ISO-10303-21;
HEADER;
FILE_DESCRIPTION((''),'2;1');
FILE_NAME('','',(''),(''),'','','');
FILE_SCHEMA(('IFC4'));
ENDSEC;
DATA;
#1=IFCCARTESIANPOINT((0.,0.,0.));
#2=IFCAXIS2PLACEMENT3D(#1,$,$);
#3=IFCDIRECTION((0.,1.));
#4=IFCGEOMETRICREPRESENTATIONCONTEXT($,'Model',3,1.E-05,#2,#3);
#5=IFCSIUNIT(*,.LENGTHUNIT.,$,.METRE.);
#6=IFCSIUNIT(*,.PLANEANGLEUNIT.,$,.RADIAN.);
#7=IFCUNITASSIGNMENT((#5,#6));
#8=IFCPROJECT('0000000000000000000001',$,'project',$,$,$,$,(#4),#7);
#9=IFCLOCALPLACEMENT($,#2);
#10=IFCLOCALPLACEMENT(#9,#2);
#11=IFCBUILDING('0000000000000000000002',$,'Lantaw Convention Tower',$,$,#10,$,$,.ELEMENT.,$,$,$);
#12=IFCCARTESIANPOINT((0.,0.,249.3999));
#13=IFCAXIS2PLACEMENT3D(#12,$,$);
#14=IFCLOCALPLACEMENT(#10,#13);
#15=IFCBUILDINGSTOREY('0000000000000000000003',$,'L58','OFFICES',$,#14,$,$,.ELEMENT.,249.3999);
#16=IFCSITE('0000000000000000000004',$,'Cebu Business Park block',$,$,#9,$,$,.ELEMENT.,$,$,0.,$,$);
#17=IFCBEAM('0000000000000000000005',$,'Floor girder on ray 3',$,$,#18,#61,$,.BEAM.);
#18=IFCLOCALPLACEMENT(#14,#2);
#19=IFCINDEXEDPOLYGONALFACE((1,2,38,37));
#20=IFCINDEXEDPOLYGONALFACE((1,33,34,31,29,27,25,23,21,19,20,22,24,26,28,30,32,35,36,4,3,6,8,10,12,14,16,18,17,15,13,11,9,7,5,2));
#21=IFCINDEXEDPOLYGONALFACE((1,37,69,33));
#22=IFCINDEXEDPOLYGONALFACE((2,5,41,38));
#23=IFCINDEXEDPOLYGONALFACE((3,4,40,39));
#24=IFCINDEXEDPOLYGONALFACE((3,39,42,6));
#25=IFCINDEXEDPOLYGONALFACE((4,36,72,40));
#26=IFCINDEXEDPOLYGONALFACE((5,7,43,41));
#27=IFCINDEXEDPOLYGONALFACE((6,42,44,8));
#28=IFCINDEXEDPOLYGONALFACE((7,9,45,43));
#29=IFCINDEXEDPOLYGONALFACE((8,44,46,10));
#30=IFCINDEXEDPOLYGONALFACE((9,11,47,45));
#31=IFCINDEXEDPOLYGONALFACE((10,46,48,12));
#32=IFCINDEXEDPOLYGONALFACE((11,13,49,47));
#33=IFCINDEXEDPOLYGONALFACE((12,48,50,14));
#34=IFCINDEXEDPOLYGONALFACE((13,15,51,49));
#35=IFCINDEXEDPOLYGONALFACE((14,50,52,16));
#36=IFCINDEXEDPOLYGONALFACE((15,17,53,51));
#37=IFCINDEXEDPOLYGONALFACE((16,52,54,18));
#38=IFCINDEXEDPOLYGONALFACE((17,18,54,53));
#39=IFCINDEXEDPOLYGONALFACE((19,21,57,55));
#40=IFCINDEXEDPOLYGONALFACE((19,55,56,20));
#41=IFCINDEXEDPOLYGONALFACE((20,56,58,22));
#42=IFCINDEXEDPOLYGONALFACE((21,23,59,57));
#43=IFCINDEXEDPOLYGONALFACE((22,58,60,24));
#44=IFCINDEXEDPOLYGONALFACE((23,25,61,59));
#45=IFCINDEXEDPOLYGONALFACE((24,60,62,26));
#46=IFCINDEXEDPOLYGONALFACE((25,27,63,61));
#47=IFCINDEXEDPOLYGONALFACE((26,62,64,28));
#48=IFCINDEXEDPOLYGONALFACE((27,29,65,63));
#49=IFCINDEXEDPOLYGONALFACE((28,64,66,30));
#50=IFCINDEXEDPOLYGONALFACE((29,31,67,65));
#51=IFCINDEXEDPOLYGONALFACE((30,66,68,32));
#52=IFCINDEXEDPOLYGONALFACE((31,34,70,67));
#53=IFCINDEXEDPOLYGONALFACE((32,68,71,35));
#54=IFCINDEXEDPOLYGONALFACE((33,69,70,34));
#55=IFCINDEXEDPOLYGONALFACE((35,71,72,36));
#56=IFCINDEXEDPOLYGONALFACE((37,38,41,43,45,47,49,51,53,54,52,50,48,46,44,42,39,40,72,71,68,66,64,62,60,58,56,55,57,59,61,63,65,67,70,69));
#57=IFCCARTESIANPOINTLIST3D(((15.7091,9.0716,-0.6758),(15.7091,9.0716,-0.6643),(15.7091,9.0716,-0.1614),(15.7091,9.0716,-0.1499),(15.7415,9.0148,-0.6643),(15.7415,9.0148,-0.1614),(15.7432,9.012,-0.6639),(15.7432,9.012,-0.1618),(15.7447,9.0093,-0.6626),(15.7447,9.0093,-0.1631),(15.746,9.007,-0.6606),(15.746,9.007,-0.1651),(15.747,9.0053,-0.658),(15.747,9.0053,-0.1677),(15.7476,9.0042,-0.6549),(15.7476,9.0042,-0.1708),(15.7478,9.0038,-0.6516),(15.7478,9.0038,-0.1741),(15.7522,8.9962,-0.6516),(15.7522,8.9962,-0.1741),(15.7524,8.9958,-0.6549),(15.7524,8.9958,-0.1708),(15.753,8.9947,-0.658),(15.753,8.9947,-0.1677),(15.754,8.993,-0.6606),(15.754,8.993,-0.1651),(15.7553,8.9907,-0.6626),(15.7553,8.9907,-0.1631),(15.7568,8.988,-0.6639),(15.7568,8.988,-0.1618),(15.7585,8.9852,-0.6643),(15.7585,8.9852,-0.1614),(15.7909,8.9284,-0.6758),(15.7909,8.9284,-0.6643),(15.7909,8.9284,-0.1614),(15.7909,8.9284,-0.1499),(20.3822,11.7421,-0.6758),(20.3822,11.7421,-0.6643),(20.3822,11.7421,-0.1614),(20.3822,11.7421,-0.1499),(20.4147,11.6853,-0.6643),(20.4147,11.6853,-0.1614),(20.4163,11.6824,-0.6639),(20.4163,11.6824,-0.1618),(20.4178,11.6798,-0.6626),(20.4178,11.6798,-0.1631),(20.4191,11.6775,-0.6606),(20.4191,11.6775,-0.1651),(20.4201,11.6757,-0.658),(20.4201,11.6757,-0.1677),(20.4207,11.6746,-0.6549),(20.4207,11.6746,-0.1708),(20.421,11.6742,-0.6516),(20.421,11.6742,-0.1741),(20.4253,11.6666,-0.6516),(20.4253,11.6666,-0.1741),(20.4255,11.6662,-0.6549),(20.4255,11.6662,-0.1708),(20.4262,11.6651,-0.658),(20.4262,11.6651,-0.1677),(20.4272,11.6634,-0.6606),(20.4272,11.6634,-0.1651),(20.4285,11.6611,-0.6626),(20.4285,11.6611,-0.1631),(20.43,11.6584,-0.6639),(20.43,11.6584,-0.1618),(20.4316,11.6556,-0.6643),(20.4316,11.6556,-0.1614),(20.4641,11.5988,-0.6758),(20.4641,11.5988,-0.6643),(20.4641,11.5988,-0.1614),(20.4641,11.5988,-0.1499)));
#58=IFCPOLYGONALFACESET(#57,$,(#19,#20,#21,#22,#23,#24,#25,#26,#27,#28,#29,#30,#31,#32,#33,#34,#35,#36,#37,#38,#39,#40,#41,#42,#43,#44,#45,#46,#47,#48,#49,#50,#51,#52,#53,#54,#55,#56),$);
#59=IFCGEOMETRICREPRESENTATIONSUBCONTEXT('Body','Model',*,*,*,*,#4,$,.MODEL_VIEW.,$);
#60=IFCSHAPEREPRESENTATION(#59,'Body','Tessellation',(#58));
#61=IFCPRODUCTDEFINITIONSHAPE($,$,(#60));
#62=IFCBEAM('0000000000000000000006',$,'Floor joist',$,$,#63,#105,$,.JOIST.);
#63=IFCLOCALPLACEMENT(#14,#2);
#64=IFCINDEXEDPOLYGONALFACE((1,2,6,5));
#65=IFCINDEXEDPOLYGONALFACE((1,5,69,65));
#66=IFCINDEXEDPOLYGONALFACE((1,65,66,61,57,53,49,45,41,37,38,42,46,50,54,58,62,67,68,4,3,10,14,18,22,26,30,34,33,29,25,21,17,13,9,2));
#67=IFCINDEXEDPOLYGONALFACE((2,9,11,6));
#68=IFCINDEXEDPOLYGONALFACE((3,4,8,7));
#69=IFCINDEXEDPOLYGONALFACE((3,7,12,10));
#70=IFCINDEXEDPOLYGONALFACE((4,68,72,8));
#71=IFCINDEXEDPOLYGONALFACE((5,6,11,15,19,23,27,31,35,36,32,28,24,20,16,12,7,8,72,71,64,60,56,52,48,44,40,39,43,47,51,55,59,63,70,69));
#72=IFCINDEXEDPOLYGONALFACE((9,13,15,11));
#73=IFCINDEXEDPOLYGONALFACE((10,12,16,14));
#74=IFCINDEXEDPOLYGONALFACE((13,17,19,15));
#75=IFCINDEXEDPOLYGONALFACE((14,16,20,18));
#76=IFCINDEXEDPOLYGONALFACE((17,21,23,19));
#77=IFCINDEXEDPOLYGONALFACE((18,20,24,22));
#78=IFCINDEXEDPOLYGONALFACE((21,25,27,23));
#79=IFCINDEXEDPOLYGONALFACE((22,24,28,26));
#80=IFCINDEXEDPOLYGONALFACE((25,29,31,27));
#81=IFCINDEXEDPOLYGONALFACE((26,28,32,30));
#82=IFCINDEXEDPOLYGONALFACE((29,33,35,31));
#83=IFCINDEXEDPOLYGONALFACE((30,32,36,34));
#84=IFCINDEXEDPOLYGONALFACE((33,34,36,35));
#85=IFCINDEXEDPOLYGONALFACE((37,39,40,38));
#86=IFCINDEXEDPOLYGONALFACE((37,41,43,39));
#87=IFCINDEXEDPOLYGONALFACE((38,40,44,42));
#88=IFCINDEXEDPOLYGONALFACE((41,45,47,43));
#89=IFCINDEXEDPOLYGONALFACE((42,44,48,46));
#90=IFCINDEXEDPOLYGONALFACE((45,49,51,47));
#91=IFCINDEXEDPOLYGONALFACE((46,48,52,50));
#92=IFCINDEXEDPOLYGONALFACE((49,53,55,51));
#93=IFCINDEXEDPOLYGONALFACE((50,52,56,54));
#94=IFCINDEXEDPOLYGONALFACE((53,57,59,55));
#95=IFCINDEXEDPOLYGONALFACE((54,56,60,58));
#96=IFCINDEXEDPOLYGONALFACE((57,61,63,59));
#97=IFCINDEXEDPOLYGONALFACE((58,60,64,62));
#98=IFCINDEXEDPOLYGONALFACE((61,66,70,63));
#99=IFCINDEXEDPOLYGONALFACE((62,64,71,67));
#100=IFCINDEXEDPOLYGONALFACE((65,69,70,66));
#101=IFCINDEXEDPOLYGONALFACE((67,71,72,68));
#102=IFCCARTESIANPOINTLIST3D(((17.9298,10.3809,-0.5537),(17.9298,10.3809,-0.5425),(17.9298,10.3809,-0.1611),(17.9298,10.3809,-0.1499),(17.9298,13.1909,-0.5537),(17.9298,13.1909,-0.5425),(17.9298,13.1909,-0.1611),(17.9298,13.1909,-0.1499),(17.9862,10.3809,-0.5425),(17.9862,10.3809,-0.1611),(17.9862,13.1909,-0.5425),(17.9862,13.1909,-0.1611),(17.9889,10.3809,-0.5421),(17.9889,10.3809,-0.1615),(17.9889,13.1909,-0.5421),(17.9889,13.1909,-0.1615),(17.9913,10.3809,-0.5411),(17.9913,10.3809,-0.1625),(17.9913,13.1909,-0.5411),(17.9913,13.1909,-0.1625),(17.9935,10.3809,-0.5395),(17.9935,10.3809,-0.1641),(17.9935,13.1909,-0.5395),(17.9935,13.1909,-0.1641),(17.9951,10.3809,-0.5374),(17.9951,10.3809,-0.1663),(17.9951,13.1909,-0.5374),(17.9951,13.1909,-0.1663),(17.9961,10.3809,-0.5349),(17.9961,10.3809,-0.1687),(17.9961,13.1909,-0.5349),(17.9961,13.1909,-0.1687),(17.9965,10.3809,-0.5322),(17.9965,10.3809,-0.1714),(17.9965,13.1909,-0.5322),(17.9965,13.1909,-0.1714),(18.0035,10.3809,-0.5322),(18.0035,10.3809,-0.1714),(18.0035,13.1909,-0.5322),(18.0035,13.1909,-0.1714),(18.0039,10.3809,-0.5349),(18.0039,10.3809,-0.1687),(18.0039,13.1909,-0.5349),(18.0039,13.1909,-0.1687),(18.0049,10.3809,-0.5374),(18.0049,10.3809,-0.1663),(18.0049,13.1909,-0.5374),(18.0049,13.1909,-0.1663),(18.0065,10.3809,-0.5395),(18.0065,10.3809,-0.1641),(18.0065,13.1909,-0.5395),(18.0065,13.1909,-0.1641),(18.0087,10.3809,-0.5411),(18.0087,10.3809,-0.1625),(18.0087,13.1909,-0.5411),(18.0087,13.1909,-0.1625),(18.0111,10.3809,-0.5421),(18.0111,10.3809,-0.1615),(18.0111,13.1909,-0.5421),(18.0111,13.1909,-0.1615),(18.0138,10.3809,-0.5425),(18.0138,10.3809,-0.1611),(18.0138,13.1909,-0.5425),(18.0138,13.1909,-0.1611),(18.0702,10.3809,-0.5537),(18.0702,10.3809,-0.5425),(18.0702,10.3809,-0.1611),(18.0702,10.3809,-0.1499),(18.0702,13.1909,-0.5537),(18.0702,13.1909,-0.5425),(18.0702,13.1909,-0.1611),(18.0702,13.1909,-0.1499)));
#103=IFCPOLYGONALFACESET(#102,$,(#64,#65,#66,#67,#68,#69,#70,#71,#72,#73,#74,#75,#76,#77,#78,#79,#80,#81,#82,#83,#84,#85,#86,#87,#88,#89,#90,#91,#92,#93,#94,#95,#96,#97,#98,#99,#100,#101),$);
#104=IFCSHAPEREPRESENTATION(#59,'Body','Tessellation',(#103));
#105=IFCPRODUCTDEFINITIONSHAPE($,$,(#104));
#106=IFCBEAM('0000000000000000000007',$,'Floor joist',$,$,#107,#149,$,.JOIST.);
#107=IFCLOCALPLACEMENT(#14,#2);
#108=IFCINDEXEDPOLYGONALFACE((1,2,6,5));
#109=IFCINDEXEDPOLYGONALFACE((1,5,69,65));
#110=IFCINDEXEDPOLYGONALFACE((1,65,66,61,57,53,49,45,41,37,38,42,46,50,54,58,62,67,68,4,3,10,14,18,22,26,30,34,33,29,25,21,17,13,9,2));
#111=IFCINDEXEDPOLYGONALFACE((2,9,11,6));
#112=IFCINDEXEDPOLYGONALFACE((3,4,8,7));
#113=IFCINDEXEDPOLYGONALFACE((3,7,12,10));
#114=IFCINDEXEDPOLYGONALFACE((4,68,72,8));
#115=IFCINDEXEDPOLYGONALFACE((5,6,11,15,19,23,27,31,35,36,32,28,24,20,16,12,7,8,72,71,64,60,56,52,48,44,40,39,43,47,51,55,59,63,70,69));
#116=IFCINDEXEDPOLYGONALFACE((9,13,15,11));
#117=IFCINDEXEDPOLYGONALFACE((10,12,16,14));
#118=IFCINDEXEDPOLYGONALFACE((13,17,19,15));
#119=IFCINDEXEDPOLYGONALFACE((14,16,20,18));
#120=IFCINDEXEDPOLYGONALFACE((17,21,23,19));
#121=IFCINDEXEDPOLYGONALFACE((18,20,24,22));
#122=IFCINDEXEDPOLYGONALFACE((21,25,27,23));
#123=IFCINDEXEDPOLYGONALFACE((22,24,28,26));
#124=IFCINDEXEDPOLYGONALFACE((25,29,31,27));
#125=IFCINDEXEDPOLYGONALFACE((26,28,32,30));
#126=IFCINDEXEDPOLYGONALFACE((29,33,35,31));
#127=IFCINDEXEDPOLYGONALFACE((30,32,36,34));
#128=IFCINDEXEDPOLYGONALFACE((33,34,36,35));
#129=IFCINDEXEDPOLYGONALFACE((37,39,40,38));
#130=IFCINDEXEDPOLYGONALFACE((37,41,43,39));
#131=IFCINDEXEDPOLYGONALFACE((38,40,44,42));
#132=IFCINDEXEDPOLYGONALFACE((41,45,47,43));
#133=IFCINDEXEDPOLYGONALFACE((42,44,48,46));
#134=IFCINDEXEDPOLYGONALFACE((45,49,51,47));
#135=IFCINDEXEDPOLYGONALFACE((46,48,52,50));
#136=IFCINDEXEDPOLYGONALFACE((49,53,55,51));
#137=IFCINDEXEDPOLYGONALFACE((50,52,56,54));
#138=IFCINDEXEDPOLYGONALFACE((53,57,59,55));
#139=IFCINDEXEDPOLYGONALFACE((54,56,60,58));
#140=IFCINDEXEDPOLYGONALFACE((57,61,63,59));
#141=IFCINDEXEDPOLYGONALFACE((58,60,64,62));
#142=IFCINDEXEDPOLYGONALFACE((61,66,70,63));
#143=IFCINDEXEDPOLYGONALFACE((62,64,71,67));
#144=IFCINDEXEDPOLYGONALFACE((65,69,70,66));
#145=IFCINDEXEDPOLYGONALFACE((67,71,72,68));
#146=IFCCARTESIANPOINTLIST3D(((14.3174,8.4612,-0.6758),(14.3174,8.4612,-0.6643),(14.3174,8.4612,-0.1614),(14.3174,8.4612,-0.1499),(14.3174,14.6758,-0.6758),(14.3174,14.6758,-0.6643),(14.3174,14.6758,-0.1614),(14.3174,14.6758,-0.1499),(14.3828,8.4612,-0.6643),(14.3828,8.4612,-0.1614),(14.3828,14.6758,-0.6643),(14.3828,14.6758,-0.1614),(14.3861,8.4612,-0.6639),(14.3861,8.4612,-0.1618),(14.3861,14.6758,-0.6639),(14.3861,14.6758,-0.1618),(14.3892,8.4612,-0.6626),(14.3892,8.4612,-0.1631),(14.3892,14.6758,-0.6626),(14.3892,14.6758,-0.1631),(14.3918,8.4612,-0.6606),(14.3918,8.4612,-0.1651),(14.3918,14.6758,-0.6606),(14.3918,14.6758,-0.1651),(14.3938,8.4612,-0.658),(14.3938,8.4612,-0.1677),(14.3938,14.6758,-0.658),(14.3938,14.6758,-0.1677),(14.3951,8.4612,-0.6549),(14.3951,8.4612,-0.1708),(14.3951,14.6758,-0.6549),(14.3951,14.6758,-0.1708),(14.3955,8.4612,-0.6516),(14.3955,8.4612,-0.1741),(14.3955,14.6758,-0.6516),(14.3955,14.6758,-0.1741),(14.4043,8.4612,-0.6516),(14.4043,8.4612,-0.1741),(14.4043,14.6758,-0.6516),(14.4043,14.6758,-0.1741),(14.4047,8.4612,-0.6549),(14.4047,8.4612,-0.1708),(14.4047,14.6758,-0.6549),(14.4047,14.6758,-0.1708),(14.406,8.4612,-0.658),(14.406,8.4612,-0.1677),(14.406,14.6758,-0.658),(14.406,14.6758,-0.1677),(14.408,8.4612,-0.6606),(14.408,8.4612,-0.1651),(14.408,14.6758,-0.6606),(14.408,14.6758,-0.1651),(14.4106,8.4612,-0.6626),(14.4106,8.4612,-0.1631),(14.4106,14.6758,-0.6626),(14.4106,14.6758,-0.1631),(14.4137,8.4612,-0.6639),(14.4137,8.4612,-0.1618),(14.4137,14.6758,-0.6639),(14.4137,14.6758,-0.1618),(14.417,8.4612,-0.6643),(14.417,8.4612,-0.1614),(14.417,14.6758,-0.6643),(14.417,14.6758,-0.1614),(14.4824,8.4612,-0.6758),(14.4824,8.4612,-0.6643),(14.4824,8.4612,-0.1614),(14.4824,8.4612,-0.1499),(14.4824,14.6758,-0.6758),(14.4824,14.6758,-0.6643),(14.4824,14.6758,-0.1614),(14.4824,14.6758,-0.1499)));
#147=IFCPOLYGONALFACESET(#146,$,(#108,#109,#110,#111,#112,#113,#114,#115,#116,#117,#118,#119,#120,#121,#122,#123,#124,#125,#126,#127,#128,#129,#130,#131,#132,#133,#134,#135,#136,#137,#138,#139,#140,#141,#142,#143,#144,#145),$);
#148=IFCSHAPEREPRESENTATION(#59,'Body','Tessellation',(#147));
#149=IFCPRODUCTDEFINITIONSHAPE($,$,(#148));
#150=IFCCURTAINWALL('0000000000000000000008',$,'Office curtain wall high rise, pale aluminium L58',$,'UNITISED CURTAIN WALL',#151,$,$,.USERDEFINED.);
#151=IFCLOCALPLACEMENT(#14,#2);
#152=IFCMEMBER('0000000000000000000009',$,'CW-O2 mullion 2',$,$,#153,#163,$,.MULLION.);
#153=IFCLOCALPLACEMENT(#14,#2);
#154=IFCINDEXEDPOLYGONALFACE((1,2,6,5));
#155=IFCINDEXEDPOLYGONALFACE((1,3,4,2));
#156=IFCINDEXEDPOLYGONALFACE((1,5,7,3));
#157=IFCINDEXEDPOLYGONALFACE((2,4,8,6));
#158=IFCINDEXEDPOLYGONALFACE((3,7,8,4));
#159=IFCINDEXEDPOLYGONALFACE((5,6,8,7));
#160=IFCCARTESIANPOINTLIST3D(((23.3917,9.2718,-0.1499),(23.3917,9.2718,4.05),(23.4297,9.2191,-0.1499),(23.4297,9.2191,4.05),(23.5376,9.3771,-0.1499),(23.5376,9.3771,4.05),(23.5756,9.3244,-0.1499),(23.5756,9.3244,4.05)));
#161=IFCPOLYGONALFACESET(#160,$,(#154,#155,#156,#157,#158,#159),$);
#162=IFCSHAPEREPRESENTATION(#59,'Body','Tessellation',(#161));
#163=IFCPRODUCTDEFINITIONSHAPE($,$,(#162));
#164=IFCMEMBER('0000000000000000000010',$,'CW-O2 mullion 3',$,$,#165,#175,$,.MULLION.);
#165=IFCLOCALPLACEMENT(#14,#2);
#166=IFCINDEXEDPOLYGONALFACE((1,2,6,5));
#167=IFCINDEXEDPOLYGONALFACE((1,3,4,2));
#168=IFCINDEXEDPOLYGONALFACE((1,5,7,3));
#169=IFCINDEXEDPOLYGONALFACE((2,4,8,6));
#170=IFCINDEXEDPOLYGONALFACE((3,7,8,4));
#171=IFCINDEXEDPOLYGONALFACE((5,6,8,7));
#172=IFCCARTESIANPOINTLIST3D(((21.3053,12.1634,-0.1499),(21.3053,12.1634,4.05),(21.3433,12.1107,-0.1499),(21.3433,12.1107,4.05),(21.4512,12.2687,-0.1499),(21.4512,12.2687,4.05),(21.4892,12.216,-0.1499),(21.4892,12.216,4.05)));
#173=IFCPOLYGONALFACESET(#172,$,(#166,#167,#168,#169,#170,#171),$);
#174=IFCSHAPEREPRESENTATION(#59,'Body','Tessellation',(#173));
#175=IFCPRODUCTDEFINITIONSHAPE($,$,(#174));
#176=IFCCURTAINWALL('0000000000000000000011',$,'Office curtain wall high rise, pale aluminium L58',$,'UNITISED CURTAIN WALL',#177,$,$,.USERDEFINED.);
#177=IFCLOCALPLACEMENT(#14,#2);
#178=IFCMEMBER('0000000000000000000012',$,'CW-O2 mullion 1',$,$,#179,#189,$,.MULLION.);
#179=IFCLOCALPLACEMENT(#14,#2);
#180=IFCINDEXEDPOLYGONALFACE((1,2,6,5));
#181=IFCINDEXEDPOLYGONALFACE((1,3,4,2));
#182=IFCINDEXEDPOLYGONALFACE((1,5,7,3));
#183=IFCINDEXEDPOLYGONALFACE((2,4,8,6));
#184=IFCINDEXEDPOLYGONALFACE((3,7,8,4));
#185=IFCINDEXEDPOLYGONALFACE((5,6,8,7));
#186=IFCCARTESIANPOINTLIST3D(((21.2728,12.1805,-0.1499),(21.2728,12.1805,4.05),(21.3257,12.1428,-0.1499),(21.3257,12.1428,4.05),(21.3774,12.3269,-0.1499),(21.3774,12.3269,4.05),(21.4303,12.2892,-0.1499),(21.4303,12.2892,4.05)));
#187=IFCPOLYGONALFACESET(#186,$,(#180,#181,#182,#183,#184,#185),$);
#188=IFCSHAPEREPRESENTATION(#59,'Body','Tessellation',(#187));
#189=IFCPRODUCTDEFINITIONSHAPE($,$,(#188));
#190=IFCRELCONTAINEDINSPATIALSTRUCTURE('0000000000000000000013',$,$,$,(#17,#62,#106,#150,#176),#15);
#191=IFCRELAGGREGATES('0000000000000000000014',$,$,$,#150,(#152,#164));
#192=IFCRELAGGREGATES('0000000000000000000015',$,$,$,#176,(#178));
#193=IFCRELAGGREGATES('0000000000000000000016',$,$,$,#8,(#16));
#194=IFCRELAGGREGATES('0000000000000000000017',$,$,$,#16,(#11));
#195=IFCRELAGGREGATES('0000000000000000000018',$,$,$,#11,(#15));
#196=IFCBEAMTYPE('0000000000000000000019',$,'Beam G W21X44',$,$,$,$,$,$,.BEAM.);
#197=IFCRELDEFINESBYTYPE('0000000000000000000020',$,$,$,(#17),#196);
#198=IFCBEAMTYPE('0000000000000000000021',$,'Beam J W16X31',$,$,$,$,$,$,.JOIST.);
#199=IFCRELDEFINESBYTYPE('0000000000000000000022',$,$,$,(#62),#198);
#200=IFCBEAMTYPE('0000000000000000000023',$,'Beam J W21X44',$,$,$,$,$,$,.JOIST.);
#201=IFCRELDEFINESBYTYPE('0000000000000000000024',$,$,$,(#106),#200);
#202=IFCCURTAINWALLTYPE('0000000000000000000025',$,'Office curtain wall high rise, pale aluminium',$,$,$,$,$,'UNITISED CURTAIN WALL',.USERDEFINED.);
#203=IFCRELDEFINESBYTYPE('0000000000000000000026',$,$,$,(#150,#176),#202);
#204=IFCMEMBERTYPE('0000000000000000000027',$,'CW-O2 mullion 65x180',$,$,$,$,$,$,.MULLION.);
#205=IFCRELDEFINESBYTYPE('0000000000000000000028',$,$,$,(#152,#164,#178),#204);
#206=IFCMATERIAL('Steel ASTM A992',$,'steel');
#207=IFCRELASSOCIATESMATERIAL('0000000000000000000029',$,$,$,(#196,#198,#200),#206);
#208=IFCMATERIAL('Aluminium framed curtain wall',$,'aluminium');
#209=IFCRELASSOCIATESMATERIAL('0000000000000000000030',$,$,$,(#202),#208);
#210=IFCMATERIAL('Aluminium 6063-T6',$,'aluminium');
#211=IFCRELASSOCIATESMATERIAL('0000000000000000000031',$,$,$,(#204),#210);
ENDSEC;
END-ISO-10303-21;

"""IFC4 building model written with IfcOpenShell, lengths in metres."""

from ifc_helpers import new_model, si_unit, direction, frame, origin, origin_2d, place, context, subcontext, project, spatial, rectangle, i_section, extrude, material, material_profile, profile_set, type_object, element, aggregate, save


model = new_model("IFC4")

# Units and contexts
model_context = context("Model", 3, precision=1e-05, world=origin(), true_north=direction((0.0, 1.0)))
body_context = subcontext(model_context, "Body", "Model", "MODEL_VIEW")
ifc_project = project(units=[si_unit("LENGTHUNIT", "METRE"), si_unit("PLANEANGLEUNIT", "RADIAN")], contexts=[model_context])

# Site, building, storey
site_placement = place(None, origin())
site = spatial("IfcSite", under=ifc_project, at=site_placement, Name="Cebu Business Park block", CompositionType="ELEMENT", RefElevation=0.0)
building_placement = place(site_placement, origin())
building = spatial("IfcBuilding", under=site, at=building_placement, Name="Lantaw Convention Tower", CompositionType="ELEMENT")
storey_placement = place(building_placement, frame((0.0, 0.0, 249.3999)))
storey = spatial("IfcBuildingStorey", under=building, at=storey_placement, Name="L58", Description="OFFICES", CompositionType="ELEMENT", Elevation=249.3999)

# Beams
ifc_material_1 = material(Name="Steel ASTM A992", Category="steel")
ifc_material_profile_1 = material_profile(ifc_material_1, i_section(OverallWidth=0.165, OverallDepth=0.5259, WebThickness=0.0088, FlangeThickness=0.0115, FilletRadius=0.0127, at=origin_2d()), Name="W21X44")
ifc_profile_set_1 = profile_set([ifc_material_profile_1], Name="Steel ASTM A992")
beam_type_1 = type_object("IfcBeamType", Name="Beam G W21X44", PredefinedType="BEAM", material=ifc_profile_set_1)
beam_1_placement = place(storey_placement, frame((15.75, 9.0, -0.4128), z_axis=(0.868238, 0.496149, 0.0), x_axis=(-0.496149, 0.868238, 0.0)))
element("IfcBeam", 1, at=beam_1_placement, inside=storey, type_object=beam_type_1, Name="Floor girder on ray 3", PredefinedType="BEAM", context=body_context, shape_type="SweptSolid", body=[
    extrude(i_section(OverallWidth=0.165, OverallDepth=0.5259, WebThickness=0.0088, FlangeThickness=0.0115, FilletRadius=0.0127, at=origin_2d()), origin(), (0.0, 0.0, 1.0), 5.3823),
])
ifc_material_profile_2 = material_profile(ifc_material_1, i_section(OverallWidth=0.1404, OverallDepth=0.4038, WebThickness=0.0071, FlangeThickness=0.0112, FilletRadius=0.0103, at=origin_2d()), Name="W16X31")
ifc_profile_set_2 = profile_set([ifc_material_profile_2], Name="Steel ASTM A992")
beam_type_2 = type_object("IfcBeamType", Name="Beam J W16X31", PredefinedType="JOIST", material=ifc_profile_set_2)
beam_2_placement = place(storey_placement, frame((18.0, 10.3809, -0.3518), z_axis=(0.0, 1.0, 0.0), x_axis=(-1.0, 0.0, 0.0)))
element("IfcBeam", 2, at=beam_2_placement, inside=storey, type_object=beam_type_2, Name="Floor joist", PredefinedType="JOIST", context=body_context, shape_type="SweptSolid", body=[
    extrude(i_section(OverallWidth=0.1404, OverallDepth=0.4038, WebThickness=0.0071, FlangeThickness=0.0112, FilletRadius=0.0103, at=origin_2d()), origin(), (0.0, 0.0, 1.0), 2.8101),
])
ifc_material_profile_3 = material_profile(ifc_material_1, i_section(OverallWidth=0.165, OverallDepth=0.5259, WebThickness=0.0088, FlangeThickness=0.0115, FilletRadius=0.0127, at=origin_2d()), Name="W21X44")
ifc_profile_set_3 = profile_set([ifc_material_profile_3], Name="Steel ASTM A992")
beam_type_3 = type_object("IfcBeamType", Name="Beam J W21X44", PredefinedType="JOIST", material=ifc_profile_set_3)
beam_3_placement = place(storey_placement, frame((14.3999, 8.4612, -0.4128), z_axis=(0.0, 1.0, 0.0), x_axis=(-1.0, 0.0, 0.0)))
element("IfcBeam", 3, at=beam_3_placement, inside=storey, type_object=beam_type_3, Name="Floor joist", PredefinedType="JOIST", context=body_context, shape_type="SweptSolid", body=[
    extrude(i_section(OverallWidth=0.165, OverallDepth=0.5259, WebThickness=0.0088, FlangeThickness=0.0115, FilletRadius=0.0127, at=origin_2d()), origin(), (0.0, 0.0, 1.0), 6.2146),
])

# Curtain walls, members
ifc_material_2 = material(Name="Aluminium framed curtain wall", Category="aluminium")
curtain_wall_type = type_object("IfcCurtainWallType", Name="Office curtain wall high rise, pale aluminium", ElementType="UNITISED CURTAIN WALL", PredefinedType="USERDEFINED", material=ifc_material_2)
curtain_wall_1_placement = place(storey_placement, origin())
curtain_wall_1 = element("IfcCurtainWall", 4, at=curtain_wall_1_placement, inside=storey, type_object=curtain_wall_type, Name="Office curtain wall high rise, pale aluminium L58", ObjectType="UNITISED CURTAIN WALL", PredefinedType="USERDEFINED")
ifc_material_3 = material(Name="Aluminium 6063-T6", Category="aluminium")
ifc_material_profile_4 = material_profile(ifc_material_3, rectangle(XDim=0.1799, YDim=0.0649, at=origin_2d()), Name="CW-O2 mullion 65x180")
ifc_profile_set_4 = profile_set([ifc_material_profile_4], Name="Aluminium 6063-T6")
member_type_1 = type_object("IfcMemberType", Name="CW-O2 mullion 65x180", PredefinedType="MULLION", material=ifc_profile_set_4)
member_1_placement = place(storey_placement, frame((23.4836, 9.2981, -0.1499), z_axis=(0.0, 0.0, 1.0), x_axis=(-0.81092, -0.585158, 0.0)))
member_1 = element("IfcMember", 5, at=member_1_placement, type_object=member_type_1, Name="CW-O2 mullion 2", PredefinedType="MULLION", context=body_context, shape_type="SweptSolid", body=[
    extrude(rectangle(XDim=0.1799, YDim=0.0649, at=origin_2d()), origin(), (0.0, 0.0, 1.0), 4.2),
])
member_2_placement = place(storey_placement, frame((21.3972, 12.1897, -0.1499), z_axis=(0.0, 0.0, 1.0), x_axis=(-0.81092, -0.585158, 0.0)))
member_2 = element("IfcMember", 6, at=member_2_placement, type_object=member_type_1, Name="CW-O2 mullion 3", PredefinedType="MULLION", context=body_context, shape_type="SweptSolid", body=[
    extrude(rectangle(XDim=0.1799, YDim=0.0649, at=origin_2d()), origin(), (0.0, 0.0, 1.0), 4.2),
])
curtain_wall_2_placement = place(storey_placement, origin())
curtain_wall_2 = element("IfcCurtainWall", 7, at=curtain_wall_2_placement, inside=storey, type_object=curtain_wall_type, Name="Office curtain wall high rise, pale aluminium L58", ObjectType="UNITISED CURTAIN WALL", PredefinedType="USERDEFINED")
member_3_placement = place(storey_placement, frame((21.3516, 12.2349, -0.1499), z_axis=(0.0, 0.0, 1.0), x_axis=(-0.581323, -0.813673, 0.0)))
member_3 = element("IfcMember", 8, at=member_3_placement, type_object=member_type_1, Name="CW-O2 mullion 1", PredefinedType="MULLION", context=body_context, shape_type="SweptSolid", body=[
    extrude(rectangle(XDim=0.1799, YDim=0.0649, at=origin_2d()), origin(), (0.0, 0.0, 1.0), 4.2),
])

aggregate(curtain_wall_1, [member_1, member_2])
aggregate(curtain_wall_2, [member_3])

save(model, "model.ifc")
